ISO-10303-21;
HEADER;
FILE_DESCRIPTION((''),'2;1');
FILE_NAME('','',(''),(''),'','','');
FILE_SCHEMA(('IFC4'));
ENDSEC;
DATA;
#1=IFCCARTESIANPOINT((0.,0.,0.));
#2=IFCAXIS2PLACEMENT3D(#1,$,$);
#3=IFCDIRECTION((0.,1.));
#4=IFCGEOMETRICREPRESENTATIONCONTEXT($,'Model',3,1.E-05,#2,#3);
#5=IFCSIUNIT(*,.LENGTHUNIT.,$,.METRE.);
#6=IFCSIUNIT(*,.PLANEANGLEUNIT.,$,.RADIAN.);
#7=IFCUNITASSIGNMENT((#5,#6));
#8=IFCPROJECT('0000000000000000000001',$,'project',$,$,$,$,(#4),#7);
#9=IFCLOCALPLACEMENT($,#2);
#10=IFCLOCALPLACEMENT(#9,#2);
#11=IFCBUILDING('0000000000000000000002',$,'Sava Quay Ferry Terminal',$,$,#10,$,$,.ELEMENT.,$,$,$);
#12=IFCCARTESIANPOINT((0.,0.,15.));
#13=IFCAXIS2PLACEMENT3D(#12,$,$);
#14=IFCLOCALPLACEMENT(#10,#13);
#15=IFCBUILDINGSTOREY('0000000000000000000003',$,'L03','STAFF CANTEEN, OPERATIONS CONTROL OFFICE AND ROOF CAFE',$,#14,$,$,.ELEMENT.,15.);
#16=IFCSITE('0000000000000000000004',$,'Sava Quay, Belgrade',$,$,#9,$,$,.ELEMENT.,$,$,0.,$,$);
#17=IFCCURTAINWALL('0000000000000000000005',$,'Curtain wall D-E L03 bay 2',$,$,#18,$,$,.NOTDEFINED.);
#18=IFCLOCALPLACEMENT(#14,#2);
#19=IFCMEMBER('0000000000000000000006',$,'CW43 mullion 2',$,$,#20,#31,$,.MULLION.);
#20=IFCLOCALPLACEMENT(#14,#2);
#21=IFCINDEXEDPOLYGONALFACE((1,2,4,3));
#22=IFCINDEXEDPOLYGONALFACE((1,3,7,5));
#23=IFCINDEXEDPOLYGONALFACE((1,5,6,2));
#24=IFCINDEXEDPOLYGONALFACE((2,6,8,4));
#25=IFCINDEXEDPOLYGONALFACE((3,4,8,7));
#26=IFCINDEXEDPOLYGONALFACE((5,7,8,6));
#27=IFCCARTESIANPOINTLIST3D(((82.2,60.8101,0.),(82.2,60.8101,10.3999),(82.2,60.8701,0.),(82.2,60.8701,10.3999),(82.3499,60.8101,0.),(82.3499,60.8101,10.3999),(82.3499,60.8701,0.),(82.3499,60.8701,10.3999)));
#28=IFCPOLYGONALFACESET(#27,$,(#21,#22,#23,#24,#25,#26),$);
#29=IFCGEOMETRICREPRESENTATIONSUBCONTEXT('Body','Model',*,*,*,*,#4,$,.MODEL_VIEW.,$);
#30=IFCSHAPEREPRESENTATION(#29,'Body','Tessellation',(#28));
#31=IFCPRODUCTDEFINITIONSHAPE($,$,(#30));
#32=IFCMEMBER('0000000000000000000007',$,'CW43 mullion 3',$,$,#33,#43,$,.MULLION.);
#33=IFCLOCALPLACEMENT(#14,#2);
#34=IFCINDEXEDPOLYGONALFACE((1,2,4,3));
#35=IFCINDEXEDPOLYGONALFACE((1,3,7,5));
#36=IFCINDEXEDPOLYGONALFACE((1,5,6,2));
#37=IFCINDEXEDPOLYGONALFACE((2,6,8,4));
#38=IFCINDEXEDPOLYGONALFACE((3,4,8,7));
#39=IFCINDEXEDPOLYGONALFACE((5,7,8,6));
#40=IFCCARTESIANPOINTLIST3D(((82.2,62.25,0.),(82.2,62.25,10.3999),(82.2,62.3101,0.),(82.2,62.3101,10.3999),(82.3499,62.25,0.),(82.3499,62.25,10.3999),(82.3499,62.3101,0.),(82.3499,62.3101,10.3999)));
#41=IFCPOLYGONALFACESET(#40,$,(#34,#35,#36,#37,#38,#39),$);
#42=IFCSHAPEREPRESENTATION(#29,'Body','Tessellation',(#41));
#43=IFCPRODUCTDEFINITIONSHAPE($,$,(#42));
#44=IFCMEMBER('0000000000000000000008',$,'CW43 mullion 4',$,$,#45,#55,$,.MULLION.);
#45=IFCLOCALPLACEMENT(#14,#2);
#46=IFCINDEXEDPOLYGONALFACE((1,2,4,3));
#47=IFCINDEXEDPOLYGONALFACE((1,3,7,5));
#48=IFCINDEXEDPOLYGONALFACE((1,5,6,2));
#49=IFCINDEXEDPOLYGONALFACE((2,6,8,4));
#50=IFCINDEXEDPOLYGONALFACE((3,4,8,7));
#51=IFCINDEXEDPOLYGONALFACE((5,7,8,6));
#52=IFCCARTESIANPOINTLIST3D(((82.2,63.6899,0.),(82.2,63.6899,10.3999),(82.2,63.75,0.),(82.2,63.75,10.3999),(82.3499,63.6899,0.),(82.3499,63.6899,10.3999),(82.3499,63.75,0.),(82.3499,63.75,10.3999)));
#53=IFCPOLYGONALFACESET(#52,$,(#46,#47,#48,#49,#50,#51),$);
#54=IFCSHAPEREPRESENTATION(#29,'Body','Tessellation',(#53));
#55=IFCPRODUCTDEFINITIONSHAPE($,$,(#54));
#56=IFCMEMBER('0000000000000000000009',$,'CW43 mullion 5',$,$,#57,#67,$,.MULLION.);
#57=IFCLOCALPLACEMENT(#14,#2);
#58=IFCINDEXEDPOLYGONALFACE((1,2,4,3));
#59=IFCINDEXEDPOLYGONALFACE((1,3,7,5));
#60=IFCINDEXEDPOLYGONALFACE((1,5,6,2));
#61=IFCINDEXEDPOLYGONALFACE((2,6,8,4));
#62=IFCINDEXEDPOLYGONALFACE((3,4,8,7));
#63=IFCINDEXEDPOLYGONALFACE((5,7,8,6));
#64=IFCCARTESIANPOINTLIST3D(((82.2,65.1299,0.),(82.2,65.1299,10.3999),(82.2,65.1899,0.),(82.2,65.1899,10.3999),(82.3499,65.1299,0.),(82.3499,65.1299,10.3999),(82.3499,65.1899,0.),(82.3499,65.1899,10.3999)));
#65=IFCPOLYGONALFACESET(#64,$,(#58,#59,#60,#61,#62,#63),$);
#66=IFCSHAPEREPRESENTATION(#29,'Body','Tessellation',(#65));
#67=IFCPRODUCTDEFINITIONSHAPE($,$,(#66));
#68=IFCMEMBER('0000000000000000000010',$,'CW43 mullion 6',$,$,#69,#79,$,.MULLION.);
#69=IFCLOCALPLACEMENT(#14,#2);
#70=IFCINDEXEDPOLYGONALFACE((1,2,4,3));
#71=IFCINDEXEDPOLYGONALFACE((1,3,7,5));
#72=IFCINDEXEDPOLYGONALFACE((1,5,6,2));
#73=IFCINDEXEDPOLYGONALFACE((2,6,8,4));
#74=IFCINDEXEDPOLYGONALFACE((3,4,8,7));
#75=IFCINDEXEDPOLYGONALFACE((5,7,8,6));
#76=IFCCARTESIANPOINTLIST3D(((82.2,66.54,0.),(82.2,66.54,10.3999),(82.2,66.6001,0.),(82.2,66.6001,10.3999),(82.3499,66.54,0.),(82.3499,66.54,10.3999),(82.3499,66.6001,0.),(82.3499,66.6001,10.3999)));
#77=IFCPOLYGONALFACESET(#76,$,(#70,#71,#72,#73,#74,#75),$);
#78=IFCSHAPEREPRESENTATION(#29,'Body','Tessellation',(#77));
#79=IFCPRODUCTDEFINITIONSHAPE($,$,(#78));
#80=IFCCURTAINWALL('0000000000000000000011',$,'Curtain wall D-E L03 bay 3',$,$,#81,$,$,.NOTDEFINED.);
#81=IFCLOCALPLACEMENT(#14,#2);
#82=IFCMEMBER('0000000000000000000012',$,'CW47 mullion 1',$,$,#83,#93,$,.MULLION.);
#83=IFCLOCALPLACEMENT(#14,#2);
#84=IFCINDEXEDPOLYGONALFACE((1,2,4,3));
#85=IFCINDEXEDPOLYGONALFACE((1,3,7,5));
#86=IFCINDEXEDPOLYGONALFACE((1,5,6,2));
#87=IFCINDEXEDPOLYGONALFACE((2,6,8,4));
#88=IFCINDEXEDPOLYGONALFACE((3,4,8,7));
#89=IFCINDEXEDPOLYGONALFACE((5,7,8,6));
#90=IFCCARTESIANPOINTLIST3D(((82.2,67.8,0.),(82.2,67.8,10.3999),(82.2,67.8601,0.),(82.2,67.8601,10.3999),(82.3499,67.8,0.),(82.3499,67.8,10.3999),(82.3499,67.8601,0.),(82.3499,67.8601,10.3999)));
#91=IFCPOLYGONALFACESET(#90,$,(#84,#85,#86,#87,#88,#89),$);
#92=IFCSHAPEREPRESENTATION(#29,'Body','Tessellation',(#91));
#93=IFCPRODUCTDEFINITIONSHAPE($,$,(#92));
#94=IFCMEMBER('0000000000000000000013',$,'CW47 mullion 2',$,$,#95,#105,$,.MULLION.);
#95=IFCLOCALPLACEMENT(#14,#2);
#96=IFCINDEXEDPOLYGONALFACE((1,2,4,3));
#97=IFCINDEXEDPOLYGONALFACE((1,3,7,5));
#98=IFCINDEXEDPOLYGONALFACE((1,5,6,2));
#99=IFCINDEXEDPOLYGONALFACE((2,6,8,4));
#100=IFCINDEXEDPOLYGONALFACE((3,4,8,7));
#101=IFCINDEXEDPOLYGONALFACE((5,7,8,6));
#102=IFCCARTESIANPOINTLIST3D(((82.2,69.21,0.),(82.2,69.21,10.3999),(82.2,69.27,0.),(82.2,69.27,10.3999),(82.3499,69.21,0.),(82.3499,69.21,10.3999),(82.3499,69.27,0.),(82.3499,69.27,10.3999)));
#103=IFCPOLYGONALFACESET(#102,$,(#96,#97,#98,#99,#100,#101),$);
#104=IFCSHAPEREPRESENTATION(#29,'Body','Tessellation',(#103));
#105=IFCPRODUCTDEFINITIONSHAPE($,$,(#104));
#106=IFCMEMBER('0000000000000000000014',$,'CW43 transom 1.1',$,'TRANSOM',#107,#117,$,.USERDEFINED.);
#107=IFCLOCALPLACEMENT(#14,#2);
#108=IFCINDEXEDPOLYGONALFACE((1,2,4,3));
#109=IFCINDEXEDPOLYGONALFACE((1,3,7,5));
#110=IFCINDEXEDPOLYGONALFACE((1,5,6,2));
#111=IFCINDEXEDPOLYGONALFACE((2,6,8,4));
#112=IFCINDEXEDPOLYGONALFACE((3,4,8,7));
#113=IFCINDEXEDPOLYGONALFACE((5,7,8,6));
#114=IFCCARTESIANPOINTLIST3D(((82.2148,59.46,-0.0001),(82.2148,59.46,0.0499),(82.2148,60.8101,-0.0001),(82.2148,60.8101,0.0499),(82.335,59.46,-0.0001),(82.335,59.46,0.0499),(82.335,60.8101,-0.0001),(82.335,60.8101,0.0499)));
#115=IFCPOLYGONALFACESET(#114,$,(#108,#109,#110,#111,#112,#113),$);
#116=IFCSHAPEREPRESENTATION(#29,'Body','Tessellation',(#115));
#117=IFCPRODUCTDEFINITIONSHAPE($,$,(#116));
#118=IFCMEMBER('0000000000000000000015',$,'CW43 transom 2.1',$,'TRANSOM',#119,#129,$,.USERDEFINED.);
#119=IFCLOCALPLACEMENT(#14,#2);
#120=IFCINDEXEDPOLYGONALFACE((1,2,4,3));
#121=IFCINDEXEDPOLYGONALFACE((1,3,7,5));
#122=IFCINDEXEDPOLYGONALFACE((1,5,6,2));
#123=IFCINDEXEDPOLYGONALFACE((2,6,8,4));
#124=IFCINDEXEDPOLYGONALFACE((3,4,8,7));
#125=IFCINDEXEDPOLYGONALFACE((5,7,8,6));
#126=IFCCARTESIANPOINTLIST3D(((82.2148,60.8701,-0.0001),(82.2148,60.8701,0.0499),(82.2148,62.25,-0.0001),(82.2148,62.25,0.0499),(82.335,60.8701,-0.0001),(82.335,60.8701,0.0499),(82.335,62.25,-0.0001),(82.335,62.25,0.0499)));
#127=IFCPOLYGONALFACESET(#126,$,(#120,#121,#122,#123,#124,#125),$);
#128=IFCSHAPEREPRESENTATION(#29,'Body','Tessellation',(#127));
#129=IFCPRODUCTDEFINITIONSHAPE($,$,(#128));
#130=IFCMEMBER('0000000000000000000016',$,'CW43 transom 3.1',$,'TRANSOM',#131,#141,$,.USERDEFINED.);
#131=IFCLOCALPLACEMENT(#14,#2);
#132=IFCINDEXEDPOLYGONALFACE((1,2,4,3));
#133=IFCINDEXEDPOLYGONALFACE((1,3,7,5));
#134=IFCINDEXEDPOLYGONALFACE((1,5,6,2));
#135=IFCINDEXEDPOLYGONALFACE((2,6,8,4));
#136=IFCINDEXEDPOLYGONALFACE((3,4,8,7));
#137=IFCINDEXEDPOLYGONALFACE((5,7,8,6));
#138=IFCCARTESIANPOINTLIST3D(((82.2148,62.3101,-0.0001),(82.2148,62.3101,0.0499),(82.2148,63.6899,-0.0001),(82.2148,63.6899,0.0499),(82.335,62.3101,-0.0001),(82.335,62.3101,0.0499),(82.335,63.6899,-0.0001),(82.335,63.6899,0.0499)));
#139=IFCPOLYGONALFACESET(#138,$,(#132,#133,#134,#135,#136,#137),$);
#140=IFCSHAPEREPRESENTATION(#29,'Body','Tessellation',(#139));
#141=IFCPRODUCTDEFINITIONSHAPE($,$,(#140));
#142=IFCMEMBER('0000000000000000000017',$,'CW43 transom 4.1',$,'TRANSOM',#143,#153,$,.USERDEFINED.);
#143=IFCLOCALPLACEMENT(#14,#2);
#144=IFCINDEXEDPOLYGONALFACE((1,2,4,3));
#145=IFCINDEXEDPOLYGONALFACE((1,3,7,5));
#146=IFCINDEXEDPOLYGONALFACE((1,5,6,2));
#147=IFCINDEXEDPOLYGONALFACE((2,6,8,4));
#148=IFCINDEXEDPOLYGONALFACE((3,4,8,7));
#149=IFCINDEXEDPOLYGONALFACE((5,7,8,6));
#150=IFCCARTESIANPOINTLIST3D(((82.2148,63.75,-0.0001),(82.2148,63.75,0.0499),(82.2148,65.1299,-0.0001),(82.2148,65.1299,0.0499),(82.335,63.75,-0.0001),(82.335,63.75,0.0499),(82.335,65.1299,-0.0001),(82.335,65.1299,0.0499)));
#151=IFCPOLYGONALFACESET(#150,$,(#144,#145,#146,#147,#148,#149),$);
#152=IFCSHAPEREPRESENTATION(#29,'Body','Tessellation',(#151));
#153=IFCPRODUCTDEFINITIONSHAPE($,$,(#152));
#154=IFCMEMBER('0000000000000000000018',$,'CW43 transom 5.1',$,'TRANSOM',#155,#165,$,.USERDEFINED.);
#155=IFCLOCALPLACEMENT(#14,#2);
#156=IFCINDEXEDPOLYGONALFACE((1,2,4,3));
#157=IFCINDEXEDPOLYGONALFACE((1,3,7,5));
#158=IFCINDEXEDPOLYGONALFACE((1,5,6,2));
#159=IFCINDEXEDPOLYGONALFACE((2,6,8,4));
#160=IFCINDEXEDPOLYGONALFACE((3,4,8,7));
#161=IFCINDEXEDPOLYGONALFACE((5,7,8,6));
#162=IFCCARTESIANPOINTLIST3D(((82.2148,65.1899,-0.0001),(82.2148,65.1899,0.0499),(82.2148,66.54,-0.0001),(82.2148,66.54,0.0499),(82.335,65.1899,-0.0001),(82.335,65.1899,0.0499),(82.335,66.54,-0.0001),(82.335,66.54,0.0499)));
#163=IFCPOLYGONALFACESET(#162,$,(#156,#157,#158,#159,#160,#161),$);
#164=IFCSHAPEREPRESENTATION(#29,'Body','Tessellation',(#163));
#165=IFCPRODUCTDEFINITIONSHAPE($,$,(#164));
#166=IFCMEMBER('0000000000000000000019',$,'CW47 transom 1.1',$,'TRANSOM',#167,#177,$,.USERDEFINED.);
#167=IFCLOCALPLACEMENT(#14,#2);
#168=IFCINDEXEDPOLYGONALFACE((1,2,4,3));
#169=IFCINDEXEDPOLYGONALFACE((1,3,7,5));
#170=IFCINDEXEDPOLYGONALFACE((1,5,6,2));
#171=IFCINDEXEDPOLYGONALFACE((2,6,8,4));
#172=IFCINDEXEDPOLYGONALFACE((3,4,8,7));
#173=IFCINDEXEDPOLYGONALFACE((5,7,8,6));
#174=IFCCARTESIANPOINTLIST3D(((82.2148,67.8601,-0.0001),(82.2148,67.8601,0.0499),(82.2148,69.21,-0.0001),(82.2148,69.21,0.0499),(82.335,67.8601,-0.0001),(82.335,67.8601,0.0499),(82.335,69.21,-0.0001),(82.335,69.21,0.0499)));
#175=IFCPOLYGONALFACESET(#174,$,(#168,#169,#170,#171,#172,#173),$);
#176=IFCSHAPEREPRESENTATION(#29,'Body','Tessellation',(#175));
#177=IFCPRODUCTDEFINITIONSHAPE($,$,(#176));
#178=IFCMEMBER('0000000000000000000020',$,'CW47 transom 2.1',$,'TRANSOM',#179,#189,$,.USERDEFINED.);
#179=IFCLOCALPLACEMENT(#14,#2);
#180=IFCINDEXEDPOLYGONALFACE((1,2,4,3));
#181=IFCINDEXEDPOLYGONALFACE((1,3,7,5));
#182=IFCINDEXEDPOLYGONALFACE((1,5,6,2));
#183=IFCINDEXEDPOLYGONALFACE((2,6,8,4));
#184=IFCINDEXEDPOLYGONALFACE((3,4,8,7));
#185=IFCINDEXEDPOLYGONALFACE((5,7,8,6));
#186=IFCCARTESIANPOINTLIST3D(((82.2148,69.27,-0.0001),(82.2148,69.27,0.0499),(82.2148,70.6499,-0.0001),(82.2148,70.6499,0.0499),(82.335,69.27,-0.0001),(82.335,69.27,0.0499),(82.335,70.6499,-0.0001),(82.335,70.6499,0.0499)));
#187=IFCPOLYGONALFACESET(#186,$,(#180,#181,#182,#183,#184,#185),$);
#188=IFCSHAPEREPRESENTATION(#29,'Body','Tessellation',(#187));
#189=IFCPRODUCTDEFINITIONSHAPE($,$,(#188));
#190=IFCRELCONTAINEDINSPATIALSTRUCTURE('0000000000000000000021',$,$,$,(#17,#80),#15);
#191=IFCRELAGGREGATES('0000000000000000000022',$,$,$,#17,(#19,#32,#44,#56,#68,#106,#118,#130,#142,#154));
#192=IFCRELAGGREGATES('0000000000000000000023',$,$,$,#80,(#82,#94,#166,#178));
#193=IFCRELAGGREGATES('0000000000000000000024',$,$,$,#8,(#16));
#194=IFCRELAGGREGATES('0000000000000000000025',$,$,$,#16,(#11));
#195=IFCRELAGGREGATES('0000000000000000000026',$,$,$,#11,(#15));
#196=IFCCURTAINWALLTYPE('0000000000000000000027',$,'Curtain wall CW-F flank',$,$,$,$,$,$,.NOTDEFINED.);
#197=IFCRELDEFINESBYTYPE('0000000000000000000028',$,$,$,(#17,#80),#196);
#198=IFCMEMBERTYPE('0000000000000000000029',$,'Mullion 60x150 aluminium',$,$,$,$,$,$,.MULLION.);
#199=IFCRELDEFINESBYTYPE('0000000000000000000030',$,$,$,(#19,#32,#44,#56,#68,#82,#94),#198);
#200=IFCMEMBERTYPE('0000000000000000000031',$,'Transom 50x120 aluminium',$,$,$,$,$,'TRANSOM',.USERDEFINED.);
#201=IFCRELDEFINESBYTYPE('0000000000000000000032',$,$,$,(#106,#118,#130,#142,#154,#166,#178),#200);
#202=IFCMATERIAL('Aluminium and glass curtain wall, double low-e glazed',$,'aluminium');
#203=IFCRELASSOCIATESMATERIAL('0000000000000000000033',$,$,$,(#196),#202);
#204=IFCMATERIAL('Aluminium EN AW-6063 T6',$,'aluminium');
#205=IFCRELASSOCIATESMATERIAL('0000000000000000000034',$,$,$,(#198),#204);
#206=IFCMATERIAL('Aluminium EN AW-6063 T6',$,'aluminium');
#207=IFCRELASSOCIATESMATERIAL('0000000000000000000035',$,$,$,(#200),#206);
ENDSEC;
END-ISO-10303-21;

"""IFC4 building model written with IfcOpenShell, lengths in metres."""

from ifc_helpers import new_model, si_unit, direction, frame, origin, origin_2d, place, context, subcontext, project, spatial, rectangle, extrude, material, material_profile, profile_set, type_object, element, aggregate, save


model = new_model("IFC4")

# Units and contexts
model_context = context("Model", 3, precision=1e-05, world=origin(), true_north=direction((0.0, 1.0)))
body_context = subcontext(model_context, "Body", "Model", "MODEL_VIEW")
ifc_project = project(units=[si_unit("LENGTHUNIT", "METRE"), si_unit("PLANEANGLEUNIT", "RADIAN")], contexts=[model_context])

# Site, building, storey
site_placement = place(None, origin())
site = spatial("IfcSite", under=ifc_project, at=site_placement, Name="Sava Quay, Belgrade", CompositionType="ELEMENT", RefElevation=0.0)
building_placement = place(site_placement, origin())
building = spatial("IfcBuilding", under=site, at=building_placement, Name="Sava Quay Ferry Terminal", CompositionType="ELEMENT")
storey_placement = place(building_placement, frame((0.0, 0.0, 15.0)))
storey = spatial("IfcBuildingStorey", under=building, at=storey_placement, Name="L03", Description="STAFF CANTEEN, OPERATIONS CONTROL OFFICE AND ROOF CAFE", CompositionType="ELEMENT", Elevation=15.0)

# Curtain walls, members
ifc_material_1 = material(Name="Aluminium and glass curtain wall, double low-e glazed", Category="aluminium")
curtain_wall_type = type_object("IfcCurtainWallType", Name="Curtain wall CW-F flank", PredefinedType="NOTDEFINED", material=ifc_material_1)
curtain_wall_1_placement = place(storey_placement, origin())
curtain_wall_1 = element("IfcCurtainWall", 1, at=curtain_wall_1_placement, inside=storey, type_object=curtain_wall_type, Name="Curtain wall D-E L03 bay 2", PredefinedType="NOTDEFINED")
ifc_material_2 = material(Name="Aluminium EN AW-6063 T6", Category="aluminium")
ifc_material_profile_1 = material_profile(ifc_material_2, rectangle(XDim=0.1499, YDim=0.0601, at=origin_2d()), Name="Mullion 60x150 aluminium")
ifc_profile_set_1 = profile_set([ifc_material_profile_1], Name="Aluminium EN AW-6063 T6")
member_type_1 = type_object("IfcMemberType", Name="Mullion 60x150 aluminium", PredefinedType="MULLION", material=ifc_profile_set_1)
member_1_placement = place(storey_placement, frame((82.2749, 60.8401, 0.0), z_axis=(0.0, 0.0, 1.0), x_axis=(-1.0, 0.0, 0.0)))
member_1 = element("IfcMember", 2, at=member_1_placement, type_object=member_type_1, Name="CW43 mullion 2", PredefinedType="MULLION", context=body_context, shape_type="SweptSolid", body=[
    extrude(rectangle(XDim=0.1499, YDim=0.0601, at=origin_2d()), origin(), (0.0, 0.0, 1.0), 10.3999),
])
member_2_placement = place(storey_placement, frame((82.2749, 62.28, 0.0), z_axis=(0.0, 0.0, 1.0), x_axis=(-1.0, 0.0, 0.0)))
member_2 = element("IfcMember", 3, at=member_2_placement, type_object=member_type_1, Name="CW43 mullion 3", PredefinedType="MULLION", context=body_context, shape_type="SweptSolid", body=[
    extrude(rectangle(XDim=0.1499, YDim=0.0601, at=origin_2d()), origin(), (0.0, 0.0, 1.0), 10.3999),
])
member_3_placement = place(storey_placement, frame((82.2749, 63.72, 0.0), z_axis=(0.0, 0.0, 1.0), x_axis=(-1.0, 0.0, 0.0)))
member_3 = element("IfcMember", 4, at=member_3_placement, type_object=member_type_1, Name="CW43 mullion 4", PredefinedType="MULLION", context=body_context, shape_type="SweptSolid", body=[
    extrude(rectangle(XDim=0.1499, YDim=0.0601, at=origin_2d()), origin(), (0.0, 0.0, 1.0), 10.3999),
])
member_4_placement = place(storey_placement, frame((82.2749, 65.1599, 0.0), z_axis=(0.0, 0.0, 1.0), x_axis=(-1.0, 0.0, 0.0)))
member_4 = element("IfcMember", 5, at=member_4_placement, type_object=member_type_1, Name="CW43 mullion 5", PredefinedType="MULLION", context=body_context, shape_type="SweptSolid", body=[
    extrude(rectangle(XDim=0.1499, YDim=0.0601, at=origin_2d()), origin(), (0.0, 0.0, 1.0), 10.3999),
])
member_5_placement = place(storey_placement, frame((82.2749, 66.5701, 0.0), z_axis=(0.0, 0.0, 1.0), x_axis=(-1.0, 0.0, 0.0)))
member_5 = element("IfcMember", 6, at=member_5_placement, type_object=member_type_1, Name="CW43 mullion 6", PredefinedType="MULLION", context=body_context, shape_type="SweptSolid", body=[
    extrude(rectangle(XDim=0.1499, YDim=0.0601, at=origin_2d()), origin(), (0.0, 0.0, 1.0), 10.3999),
])
curtain_wall_2_placement = place(storey_placement, origin())
curtain_wall_2 = element("IfcCurtainWall", 7, at=curtain_wall_2_placement, inside=storey, type_object=curtain_wall_type, Name="Curtain wall D-E L03 bay 3", PredefinedType="NOTDEFINED")
member_6_placement = place(storey_placement, frame((82.2749, 67.8301, 0.0), z_axis=(0.0, 0.0, 1.0), x_axis=(-1.0, 0.0, 0.0)))
member_6 = element("IfcMember", 8, at=member_6_placement, type_object=member_type_1, Name="CW47 mullion 1", PredefinedType="MULLION", context=body_context, shape_type="SweptSolid", body=[
    extrude(rectangle(XDim=0.1499, YDim=0.0601, at=origin_2d()), origin(), (0.0, 0.0, 1.0), 10.3999),
])
member_7_placement = place(storey_placement, frame((82.2749, 69.24, 0.0), z_axis=(0.0, 0.0, 1.0), x_axis=(-1.0, 0.0, 0.0)))
member_7 = element("IfcMember", 9, at=member_7_placement, type_object=member_type_1, Name="CW47 mullion 2", PredefinedType="MULLION", context=body_context, shape_type="SweptSolid", body=[
    extrude(rectangle(XDim=0.1499, YDim=0.0601, at=origin_2d()), origin(), (0.0, 0.0, 1.0), 10.3999),
])

# Members
ifc_material_3 = material(Name="Aluminium EN AW-6063 T6", Category="aluminium")
ifc_material_profile_2 = material_profile(ifc_material_3, rectangle(XDim=0.1201, YDim=0.05, at=origin_2d()), Name="Transom 50x120 aluminium")
ifc_profile_set_2 = profile_set([ifc_material_profile_2], Name="Aluminium EN AW-6063 T6")
member_type_2 = type_object("IfcMemberType", Name="Transom 50x120 aluminium", ElementType="TRANSOM", PredefinedType="USERDEFINED", material=ifc_profile_set_2)
member_8_placement = place(storey_placement, frame((82.2749, 59.46, 0.0249), z_axis=(0.0, 1.0, 0.0), x_axis=(-1.0, 0.0, 0.0)))
member_8 = element("IfcMember", 10, at=member_8_placement, type_object=member_type_2, Name="CW43 transom 1.1", ObjectType="TRANSOM", PredefinedType="USERDEFINED", context=body_context, shape_type="SweptSolid", body=[
    extrude(rectangle(XDim=0.1201, YDim=0.05, at=origin_2d()), origin(), (0.0, 0.0, 1.0), 1.3501),
])
member_9_placement = place(storey_placement, frame((82.2749, 60.8701, 0.0249), z_axis=(0.0, 1.0, 0.0), x_axis=(-1.0, 0.0, 0.0)))
member_9 = element("IfcMember", 11, at=member_9_placement, type_object=member_type_2, Name="CW43 transom 2.1", ObjectType="TRANSOM", PredefinedType="USERDEFINED", context=body_context, shape_type="SweptSolid", body=[
    extrude(rectangle(XDim=0.1201, YDim=0.05, at=origin_2d()), origin(), (0.0, 0.0, 1.0), 1.3799),
])
member_10_placement = place(storey_placement, frame((82.2749, 62.3101, 0.0249), z_axis=(0.0, 1.0, 0.0), x_axis=(-1.0, 0.0, 0.0)))
member_10 = element("IfcMember", 12, at=member_10_placement, type_object=member_type_2, Name="CW43 transom 3.1", ObjectType="TRANSOM", PredefinedType="USERDEFINED", context=body_context, shape_type="SweptSolid", body=[
    extrude(rectangle(XDim=0.1201, YDim=0.05, at=origin_2d()), origin(), (0.0, 0.0, 1.0), 1.3799),
])
member_11_placement = place(storey_placement, frame((82.2749, 63.75, 0.0249), z_axis=(0.0, 1.0, 0.0), x_axis=(-1.0, 0.0, 0.0)))
member_11 = element("IfcMember", 13, at=member_11_placement, type_object=member_type_2, Name="CW43 transom 4.1", ObjectType="TRANSOM", PredefinedType="USERDEFINED", context=body_context, shape_type="SweptSolid", body=[
    extrude(rectangle(XDim=0.1201, YDim=0.05, at=origin_2d()), origin(), (0.0, 0.0, 1.0), 1.3799),
])
member_12_placement = place(storey_placement, frame((82.2749, 65.1899, 0.0249), z_axis=(0.0, 1.0, 0.0), x_axis=(-1.0, 0.0, 0.0)))
member_12 = element("IfcMember", 14, at=member_12_placement, type_object=member_type_2, Name="CW43 transom 5.1", ObjectType="TRANSOM", PredefinedType="USERDEFINED", context=body_context, shape_type="SweptSolid", body=[
    extrude(rectangle(XDim=0.1201, YDim=0.05, at=origin_2d()), origin(), (0.0, 0.0, 1.0), 1.3501),
])
member_13_placement = place(storey_placement, frame((82.2749, 67.8601, 0.0249), z_axis=(0.0, 1.0, 0.0), x_axis=(-1.0, 0.0, 0.0)))
member_13 = element("IfcMember", 15, at=member_13_placement, type_object=member_type_2, Name="CW47 transom 1.1", ObjectType="TRANSOM", PredefinedType="USERDEFINED", context=body_context, shape_type="SweptSolid", body=[
    extrude(rectangle(XDim=0.1201, YDim=0.05, at=origin_2d()), origin(), (0.0, 0.0, 1.0), 1.3499),
])
member_14_placement = place(storey_placement, frame((82.2749, 69.27, 0.0249), z_axis=(0.0, 1.0, 0.0), x_axis=(-1.0, 0.0, 0.0)))
member_14 = element("IfcMember", 16, at=member_14_placement, type_object=member_type_2, Name="CW47 transom 2.1", ObjectType="TRANSOM", PredefinedType="USERDEFINED", context=body_context, shape_type="SweptSolid", body=[
    extrude(rectangle(XDim=0.1201, YDim=0.05, at=origin_2d()), origin(), (0.0, 0.0, 1.0), 1.3799),
])

aggregate(curtain_wall_1, [member_1, member_2, member_3, member_4, member_5, member_8, member_9, member_10, member_11, member_12])
aggregate(curtain_wall_2, [member_6, member_7, member_13, member_14])

save(model, "model.ifc")
